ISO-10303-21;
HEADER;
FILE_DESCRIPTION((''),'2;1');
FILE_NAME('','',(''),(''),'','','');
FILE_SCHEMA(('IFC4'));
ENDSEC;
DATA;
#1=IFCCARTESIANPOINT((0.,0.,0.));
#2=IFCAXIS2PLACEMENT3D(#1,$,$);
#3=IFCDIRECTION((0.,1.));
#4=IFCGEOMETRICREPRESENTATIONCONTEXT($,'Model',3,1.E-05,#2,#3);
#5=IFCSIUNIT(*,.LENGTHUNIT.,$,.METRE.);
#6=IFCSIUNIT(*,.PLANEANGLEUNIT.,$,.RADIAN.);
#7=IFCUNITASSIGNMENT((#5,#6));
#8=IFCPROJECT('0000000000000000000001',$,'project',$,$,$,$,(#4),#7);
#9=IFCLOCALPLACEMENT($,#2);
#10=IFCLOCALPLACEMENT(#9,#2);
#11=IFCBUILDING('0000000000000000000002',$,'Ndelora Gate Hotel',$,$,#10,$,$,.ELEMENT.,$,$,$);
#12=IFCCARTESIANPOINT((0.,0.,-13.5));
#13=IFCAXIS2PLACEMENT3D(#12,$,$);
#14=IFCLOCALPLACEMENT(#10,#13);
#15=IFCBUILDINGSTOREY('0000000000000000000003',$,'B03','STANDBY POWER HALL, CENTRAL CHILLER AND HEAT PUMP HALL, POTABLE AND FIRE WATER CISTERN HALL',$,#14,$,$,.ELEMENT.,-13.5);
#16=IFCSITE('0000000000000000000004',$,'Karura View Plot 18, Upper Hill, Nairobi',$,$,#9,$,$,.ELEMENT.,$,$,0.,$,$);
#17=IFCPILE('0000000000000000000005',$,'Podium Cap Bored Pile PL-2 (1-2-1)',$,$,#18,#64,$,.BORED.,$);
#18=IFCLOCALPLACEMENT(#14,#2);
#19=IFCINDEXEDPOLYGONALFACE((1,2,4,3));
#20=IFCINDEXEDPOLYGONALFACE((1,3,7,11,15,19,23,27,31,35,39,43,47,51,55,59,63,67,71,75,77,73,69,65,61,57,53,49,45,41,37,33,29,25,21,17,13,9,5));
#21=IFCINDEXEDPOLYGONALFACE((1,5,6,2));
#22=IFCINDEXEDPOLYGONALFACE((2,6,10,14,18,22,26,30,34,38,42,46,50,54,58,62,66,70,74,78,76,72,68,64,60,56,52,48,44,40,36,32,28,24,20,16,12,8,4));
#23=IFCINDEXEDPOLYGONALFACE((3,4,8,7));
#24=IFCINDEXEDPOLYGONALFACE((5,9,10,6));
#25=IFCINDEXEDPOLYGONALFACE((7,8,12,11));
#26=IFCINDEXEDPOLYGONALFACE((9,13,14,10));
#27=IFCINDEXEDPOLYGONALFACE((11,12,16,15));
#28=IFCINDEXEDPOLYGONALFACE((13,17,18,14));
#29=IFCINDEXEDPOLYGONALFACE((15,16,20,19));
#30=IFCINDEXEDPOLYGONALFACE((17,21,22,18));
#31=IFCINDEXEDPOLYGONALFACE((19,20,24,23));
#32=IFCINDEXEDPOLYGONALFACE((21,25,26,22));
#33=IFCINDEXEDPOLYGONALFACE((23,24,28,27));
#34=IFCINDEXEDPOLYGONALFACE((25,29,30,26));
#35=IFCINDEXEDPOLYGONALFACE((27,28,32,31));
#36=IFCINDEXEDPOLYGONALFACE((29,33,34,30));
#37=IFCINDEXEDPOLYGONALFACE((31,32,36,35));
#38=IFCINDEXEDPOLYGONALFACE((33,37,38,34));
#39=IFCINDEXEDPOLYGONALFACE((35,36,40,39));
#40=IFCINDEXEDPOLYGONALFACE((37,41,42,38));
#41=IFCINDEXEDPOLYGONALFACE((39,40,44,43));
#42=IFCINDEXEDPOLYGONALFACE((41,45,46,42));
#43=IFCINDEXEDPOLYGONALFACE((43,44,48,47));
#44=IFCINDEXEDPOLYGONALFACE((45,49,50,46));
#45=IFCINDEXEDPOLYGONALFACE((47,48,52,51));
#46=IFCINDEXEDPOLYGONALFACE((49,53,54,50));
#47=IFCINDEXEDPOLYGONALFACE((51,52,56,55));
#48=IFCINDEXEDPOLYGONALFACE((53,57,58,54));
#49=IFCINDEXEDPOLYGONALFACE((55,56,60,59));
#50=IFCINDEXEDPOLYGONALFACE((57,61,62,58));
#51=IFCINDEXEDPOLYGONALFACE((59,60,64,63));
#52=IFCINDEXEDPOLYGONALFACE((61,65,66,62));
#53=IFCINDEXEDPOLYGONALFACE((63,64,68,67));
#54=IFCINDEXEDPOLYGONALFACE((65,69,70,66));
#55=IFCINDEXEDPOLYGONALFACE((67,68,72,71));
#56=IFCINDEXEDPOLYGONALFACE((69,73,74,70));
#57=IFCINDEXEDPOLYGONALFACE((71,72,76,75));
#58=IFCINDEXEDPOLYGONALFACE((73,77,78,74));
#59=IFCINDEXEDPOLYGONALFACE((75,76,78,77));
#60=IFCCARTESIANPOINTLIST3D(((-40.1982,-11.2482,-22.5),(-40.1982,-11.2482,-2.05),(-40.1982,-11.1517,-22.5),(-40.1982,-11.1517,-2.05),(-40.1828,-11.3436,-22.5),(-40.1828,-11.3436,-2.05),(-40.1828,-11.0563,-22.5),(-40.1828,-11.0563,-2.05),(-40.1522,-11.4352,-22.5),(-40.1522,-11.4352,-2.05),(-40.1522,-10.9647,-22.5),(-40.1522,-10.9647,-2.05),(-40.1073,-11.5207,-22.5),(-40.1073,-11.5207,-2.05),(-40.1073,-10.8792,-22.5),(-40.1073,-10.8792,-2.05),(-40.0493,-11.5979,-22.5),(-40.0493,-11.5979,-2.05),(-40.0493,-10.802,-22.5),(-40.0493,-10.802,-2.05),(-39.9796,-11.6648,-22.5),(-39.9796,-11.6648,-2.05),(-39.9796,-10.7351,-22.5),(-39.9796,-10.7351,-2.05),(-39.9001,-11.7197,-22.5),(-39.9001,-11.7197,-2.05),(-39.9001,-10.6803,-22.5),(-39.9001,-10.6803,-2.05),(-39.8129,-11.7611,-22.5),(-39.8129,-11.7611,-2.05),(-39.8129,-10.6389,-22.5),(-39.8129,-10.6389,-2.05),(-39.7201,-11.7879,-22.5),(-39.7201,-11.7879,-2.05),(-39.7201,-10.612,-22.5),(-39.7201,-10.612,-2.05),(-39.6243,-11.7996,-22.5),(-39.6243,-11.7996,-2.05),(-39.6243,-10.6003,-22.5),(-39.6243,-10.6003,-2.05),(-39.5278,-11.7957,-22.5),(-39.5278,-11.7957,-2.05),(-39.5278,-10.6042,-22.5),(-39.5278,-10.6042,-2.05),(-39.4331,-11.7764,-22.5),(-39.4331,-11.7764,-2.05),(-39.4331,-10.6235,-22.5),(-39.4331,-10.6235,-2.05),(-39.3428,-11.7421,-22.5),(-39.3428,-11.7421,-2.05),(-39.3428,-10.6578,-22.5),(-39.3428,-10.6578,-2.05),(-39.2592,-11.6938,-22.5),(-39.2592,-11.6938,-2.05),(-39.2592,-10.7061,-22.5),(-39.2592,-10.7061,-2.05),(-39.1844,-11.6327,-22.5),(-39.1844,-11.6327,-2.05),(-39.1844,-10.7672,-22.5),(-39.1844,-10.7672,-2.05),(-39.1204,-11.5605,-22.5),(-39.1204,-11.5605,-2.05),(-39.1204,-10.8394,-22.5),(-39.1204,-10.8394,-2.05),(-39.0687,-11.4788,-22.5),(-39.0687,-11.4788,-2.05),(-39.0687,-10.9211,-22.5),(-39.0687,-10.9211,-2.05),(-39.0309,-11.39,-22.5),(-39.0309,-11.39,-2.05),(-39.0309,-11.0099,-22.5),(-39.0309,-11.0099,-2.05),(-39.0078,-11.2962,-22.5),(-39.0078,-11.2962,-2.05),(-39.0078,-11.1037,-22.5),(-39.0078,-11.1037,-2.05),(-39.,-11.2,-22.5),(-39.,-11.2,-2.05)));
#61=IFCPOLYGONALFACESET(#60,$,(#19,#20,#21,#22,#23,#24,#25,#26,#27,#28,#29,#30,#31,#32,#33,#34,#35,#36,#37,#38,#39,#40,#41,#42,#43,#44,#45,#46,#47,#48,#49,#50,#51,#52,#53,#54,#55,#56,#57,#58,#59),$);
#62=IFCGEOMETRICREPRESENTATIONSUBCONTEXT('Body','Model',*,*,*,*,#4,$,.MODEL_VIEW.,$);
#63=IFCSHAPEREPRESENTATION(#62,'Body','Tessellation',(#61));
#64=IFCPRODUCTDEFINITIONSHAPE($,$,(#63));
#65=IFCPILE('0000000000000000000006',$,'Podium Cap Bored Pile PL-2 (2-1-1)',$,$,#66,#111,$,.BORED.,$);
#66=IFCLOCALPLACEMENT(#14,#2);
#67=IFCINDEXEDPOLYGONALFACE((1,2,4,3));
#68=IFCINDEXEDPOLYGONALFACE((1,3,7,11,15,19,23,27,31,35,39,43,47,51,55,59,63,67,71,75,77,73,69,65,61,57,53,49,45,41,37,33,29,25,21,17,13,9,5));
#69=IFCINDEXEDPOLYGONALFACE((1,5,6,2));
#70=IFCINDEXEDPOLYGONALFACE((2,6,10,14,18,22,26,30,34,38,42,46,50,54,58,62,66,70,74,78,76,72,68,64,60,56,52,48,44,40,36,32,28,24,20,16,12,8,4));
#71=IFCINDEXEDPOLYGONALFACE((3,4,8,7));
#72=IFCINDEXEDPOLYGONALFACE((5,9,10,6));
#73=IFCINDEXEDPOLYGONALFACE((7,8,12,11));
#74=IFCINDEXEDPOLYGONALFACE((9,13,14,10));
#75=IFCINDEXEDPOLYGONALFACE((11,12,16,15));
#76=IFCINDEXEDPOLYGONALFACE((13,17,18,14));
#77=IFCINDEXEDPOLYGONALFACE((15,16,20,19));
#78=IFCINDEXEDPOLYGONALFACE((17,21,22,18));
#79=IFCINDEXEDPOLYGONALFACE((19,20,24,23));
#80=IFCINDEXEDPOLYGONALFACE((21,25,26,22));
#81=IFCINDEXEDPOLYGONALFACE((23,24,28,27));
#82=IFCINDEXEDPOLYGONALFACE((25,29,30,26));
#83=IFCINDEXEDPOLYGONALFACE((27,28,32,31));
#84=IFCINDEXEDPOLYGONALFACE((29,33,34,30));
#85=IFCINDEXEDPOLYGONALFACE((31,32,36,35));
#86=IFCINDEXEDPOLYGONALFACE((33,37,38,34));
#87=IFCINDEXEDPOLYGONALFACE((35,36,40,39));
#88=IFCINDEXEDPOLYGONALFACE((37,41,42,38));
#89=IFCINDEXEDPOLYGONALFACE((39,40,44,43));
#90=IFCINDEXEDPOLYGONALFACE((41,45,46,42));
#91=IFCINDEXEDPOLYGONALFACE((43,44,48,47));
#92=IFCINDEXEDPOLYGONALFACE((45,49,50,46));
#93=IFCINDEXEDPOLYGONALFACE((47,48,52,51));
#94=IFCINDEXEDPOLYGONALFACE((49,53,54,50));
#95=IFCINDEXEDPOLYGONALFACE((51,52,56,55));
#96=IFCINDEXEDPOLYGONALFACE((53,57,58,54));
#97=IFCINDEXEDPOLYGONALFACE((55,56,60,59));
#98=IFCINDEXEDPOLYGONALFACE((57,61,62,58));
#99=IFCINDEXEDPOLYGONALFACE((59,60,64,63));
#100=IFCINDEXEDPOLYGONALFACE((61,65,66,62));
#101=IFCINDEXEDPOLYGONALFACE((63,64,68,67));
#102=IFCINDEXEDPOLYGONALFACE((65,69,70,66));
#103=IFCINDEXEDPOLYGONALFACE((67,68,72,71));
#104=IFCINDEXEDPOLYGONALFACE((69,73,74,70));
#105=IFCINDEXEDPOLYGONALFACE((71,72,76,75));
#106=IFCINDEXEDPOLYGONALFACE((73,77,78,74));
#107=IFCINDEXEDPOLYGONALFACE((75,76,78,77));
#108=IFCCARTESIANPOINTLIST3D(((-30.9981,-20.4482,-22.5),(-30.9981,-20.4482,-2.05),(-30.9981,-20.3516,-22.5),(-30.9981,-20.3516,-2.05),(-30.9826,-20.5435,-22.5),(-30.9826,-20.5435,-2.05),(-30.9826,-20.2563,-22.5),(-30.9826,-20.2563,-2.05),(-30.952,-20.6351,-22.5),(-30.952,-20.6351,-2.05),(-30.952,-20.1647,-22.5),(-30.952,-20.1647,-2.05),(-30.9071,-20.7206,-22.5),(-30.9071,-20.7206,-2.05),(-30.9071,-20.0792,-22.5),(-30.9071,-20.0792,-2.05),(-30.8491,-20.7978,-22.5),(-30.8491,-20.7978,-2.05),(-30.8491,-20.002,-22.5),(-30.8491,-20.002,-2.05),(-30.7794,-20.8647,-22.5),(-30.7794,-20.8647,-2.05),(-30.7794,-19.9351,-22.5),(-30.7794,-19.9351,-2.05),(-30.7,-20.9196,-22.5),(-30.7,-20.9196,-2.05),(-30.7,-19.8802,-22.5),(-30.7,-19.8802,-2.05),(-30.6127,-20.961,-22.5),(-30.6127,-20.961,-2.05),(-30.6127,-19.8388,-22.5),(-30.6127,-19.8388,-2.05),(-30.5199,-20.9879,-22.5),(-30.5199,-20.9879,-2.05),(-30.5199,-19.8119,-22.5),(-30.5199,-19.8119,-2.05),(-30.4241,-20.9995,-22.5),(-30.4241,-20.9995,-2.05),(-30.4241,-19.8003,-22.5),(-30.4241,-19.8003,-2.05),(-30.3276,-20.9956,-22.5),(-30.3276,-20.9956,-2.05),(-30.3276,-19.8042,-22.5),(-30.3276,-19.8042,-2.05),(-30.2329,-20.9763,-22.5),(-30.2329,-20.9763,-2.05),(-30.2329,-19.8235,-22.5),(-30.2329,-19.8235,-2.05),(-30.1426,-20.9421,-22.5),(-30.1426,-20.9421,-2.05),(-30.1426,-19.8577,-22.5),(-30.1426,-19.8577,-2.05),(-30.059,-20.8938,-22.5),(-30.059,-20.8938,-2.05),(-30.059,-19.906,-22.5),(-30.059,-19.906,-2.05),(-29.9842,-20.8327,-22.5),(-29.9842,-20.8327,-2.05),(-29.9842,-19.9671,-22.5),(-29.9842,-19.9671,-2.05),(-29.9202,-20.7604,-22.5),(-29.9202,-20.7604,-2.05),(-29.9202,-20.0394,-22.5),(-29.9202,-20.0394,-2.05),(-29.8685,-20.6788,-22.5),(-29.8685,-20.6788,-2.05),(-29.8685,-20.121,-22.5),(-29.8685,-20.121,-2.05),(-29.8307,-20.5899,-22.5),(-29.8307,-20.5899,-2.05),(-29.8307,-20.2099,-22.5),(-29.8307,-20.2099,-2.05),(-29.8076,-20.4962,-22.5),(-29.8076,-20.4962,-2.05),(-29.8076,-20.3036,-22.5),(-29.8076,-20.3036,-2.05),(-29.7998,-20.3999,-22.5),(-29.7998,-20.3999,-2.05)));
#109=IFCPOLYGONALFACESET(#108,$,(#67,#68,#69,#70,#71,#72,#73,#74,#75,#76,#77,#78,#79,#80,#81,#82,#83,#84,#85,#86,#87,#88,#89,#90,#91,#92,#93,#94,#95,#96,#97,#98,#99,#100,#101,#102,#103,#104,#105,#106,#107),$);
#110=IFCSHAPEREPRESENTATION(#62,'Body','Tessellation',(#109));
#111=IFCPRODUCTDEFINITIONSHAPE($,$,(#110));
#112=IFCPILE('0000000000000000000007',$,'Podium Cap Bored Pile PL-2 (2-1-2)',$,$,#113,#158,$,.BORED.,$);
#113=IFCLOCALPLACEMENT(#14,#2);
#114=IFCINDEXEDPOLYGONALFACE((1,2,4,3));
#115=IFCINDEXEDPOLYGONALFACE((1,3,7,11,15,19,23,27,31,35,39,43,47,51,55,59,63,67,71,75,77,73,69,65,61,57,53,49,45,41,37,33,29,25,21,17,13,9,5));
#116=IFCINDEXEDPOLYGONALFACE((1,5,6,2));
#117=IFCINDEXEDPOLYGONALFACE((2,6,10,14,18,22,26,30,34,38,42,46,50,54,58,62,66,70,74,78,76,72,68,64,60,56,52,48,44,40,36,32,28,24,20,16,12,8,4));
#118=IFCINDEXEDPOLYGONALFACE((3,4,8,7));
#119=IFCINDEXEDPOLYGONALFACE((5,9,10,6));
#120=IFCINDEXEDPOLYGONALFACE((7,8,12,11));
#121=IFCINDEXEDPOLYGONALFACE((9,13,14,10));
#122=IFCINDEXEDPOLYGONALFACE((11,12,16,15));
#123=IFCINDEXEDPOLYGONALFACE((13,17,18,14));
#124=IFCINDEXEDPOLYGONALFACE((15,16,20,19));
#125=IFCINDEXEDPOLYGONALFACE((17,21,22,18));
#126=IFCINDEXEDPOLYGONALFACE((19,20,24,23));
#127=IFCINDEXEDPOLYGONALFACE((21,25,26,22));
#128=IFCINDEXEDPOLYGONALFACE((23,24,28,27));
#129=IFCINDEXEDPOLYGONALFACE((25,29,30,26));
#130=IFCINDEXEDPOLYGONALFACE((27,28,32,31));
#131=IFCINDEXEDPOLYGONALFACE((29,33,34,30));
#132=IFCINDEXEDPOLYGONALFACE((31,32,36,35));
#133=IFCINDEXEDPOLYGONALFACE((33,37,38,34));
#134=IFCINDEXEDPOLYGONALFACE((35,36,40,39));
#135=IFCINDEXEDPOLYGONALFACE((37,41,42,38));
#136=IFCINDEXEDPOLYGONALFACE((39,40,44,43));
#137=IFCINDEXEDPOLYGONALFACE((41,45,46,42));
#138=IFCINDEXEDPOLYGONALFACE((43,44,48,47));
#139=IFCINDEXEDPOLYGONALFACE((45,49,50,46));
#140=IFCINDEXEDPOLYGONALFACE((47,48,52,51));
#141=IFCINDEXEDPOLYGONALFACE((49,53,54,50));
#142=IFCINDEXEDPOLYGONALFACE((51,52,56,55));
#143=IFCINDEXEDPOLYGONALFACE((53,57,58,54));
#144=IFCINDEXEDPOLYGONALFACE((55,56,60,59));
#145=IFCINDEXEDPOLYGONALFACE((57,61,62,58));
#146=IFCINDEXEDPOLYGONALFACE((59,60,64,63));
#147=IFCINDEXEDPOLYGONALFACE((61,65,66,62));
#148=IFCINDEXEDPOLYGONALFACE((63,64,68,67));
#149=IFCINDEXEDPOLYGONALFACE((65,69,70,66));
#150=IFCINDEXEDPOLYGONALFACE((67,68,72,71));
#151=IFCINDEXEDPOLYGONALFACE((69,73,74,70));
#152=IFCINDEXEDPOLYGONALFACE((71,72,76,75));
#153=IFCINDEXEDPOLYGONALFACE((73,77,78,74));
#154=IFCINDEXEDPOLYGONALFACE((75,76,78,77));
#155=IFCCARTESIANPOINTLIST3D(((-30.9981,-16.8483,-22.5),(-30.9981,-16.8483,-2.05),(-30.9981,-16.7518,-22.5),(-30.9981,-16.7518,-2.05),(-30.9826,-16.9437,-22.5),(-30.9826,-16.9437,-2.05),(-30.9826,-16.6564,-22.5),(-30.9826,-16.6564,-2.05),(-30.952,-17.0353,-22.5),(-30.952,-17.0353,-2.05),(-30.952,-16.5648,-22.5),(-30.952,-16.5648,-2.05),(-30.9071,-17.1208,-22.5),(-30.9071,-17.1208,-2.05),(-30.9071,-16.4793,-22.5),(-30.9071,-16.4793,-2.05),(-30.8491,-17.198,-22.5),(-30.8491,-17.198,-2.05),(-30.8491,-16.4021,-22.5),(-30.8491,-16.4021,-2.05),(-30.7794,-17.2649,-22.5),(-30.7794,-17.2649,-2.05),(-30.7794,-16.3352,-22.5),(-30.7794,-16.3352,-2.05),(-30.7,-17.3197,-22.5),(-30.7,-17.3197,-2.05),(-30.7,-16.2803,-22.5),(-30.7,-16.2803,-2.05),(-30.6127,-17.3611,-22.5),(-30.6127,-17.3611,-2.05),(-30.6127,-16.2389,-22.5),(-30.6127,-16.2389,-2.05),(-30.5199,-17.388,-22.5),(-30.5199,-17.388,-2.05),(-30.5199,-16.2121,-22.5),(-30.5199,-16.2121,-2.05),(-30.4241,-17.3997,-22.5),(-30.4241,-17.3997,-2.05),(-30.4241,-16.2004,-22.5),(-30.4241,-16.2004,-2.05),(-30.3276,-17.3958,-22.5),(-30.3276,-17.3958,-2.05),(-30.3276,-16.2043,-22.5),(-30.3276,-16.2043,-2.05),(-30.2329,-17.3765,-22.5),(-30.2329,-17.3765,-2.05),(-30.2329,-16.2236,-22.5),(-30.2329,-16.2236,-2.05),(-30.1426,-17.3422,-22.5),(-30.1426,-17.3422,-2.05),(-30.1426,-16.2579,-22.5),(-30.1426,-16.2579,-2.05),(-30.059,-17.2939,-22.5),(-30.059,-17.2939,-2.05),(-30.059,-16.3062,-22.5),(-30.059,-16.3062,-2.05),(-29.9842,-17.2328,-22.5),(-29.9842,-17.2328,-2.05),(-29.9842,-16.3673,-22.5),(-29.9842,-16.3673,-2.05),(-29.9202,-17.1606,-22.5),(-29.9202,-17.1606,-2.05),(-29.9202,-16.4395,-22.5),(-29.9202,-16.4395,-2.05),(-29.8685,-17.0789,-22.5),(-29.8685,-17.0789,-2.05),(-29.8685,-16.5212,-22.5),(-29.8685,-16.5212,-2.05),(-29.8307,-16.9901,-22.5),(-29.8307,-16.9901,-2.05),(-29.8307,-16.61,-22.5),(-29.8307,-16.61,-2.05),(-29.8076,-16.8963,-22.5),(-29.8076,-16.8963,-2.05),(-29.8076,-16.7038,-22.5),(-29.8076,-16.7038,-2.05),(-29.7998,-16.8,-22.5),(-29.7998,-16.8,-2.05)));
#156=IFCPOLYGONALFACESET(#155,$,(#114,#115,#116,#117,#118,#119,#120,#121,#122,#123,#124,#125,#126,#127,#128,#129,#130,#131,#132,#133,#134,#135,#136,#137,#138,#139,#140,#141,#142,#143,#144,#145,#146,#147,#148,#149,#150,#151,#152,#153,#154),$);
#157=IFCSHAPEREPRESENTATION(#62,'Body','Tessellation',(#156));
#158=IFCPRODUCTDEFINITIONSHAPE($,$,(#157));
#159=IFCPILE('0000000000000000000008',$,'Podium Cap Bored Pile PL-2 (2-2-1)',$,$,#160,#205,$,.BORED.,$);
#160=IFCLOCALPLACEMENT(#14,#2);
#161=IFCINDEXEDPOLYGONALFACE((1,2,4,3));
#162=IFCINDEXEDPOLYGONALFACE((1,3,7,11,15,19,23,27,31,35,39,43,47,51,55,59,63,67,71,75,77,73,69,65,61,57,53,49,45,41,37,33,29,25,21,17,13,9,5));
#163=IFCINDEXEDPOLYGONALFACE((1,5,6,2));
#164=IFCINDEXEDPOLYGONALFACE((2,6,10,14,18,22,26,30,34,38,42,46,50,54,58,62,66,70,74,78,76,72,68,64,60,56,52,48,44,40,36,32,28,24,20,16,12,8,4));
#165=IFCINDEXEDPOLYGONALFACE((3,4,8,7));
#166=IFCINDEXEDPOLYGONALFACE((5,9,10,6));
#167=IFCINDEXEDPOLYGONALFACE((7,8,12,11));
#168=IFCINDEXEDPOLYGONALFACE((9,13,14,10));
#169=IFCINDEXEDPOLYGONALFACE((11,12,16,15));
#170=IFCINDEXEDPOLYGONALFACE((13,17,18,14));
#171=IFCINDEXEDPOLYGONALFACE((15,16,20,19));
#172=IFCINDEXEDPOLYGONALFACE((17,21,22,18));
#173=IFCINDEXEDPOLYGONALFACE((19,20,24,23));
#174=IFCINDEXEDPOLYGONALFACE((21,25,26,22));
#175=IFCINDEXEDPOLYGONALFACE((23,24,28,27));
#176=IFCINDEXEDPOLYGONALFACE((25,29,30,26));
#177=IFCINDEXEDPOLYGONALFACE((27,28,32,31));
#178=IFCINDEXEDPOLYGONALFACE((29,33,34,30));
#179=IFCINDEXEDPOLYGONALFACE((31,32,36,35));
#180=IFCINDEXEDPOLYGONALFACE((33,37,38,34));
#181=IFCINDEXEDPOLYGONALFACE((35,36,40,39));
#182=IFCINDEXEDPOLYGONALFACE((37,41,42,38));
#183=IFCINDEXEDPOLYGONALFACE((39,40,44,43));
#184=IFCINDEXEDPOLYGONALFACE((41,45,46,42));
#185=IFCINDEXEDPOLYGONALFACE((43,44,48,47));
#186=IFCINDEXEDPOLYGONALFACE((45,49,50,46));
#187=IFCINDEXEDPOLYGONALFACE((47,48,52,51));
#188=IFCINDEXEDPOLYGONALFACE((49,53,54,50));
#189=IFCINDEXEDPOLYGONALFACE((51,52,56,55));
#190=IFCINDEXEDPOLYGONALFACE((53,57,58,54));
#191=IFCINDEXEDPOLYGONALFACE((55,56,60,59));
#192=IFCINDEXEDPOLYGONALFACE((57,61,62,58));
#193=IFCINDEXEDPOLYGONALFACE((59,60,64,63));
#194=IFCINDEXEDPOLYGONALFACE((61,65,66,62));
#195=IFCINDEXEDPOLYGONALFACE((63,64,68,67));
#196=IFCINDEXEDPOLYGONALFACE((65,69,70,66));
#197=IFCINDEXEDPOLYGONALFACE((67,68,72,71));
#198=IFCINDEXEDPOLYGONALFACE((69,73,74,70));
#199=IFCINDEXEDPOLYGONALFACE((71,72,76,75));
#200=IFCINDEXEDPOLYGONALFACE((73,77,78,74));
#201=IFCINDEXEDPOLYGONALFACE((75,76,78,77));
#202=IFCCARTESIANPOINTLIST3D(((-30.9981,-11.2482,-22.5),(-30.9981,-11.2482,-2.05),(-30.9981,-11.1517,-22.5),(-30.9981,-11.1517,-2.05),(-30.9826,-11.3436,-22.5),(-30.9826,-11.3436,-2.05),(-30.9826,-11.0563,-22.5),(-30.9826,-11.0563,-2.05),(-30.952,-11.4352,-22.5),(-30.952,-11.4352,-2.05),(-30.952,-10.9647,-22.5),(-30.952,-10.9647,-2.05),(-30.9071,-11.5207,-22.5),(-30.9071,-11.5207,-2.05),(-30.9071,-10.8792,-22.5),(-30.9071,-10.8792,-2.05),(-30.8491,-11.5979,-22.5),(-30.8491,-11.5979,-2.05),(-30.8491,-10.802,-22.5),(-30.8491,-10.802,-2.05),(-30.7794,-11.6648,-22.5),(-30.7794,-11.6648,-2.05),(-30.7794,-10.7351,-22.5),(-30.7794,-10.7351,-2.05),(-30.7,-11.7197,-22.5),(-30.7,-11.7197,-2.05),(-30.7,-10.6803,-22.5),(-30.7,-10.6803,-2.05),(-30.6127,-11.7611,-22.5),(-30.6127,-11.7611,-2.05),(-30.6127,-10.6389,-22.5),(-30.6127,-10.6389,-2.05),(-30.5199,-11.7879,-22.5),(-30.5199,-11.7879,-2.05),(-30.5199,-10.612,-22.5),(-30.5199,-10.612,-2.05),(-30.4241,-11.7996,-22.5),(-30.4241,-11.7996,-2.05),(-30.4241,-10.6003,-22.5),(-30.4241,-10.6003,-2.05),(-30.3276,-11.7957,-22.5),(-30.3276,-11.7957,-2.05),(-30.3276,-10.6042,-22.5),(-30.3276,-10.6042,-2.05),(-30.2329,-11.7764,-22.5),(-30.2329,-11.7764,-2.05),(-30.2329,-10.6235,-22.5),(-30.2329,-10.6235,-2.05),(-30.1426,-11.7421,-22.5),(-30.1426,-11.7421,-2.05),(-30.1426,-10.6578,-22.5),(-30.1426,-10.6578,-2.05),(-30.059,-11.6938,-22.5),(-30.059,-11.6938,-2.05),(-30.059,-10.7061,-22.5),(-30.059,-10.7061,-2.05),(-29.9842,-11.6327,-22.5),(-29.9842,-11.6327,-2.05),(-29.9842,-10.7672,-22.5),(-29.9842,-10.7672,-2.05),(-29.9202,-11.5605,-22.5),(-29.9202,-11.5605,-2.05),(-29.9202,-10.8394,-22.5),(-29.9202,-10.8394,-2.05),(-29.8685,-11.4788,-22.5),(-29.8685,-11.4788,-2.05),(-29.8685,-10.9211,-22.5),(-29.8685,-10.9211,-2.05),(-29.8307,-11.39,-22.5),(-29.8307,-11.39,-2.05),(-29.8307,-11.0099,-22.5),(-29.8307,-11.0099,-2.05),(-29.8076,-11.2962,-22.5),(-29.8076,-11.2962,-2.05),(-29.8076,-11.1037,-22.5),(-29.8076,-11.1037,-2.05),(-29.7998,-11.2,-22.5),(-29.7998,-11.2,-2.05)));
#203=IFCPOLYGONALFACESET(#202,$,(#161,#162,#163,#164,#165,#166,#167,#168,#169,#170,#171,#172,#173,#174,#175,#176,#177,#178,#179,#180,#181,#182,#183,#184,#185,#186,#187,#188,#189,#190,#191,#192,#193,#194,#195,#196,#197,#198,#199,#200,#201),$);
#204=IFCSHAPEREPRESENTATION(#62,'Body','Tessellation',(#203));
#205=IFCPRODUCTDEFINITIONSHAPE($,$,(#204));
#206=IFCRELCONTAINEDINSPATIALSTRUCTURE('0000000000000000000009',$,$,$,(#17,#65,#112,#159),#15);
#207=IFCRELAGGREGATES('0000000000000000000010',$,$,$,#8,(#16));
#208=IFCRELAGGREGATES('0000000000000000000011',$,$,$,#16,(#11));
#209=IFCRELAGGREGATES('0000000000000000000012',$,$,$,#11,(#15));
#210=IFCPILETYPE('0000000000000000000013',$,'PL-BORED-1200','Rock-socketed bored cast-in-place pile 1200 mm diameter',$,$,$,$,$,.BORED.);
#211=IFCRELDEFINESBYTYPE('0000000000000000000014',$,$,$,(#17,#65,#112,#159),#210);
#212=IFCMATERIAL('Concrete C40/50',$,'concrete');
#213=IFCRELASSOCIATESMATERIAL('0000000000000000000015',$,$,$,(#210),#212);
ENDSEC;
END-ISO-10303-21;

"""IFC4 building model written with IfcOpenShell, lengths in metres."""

from ifc_helpers import new_model, si_unit, direction, frame, origin, origin_2d, place, context, subcontext, project, spatial, circle, extrude, material, material_profile, profile_set, type_object, element, save


model = new_model("IFC4")

# Units and contexts
model_context = context("Model", 3, precision=1e-05, world=origin(), true_north=direction((0.0, 1.0)))
body_context = subcontext(model_context, "Body", "Model", "MODEL_VIEW")
ifc_project = project(units=[si_unit("LENGTHUNIT", "METRE"), si_unit("PLANEANGLEUNIT", "RADIAN")], contexts=[model_context])

# Site, building, storey
site_placement = place(None, origin())
site = spatial("IfcSite", under=ifc_project, at=site_placement, Name="Karura View Plot 18, Upper Hill, Nairobi", CompositionType="ELEMENT", RefElevation=0.0)
building_placement = place(site_placement, origin())
building = spatial("IfcBuilding", under=site, at=building_placement, Name="Ndelora Gate Hotel", CompositionType="ELEMENT")
storey_placement = place(building_placement, frame((0.0, 0.0, -13.5)))
storey = spatial("IfcBuildingStorey", under=building, at=storey_placement, Name="B03", Description="STANDBY POWER HALL, CENTRAL CHILLER AND HEAT PUMP HALL, POTABLE AND FIRE WATER CISTERN HALL", CompositionType="ELEMENT", Elevation=-13.5)

# Shared definitions
ifc_material_1 = material(Name="Concrete C40/50", Category="concrete")

# Piles
ifc_material_profile_1 = material_profile(ifc_material_1, circle(Radius=0.6001, at=origin_2d()), Name="PILE D1200")
ifc_profile_set_1 = profile_set([ifc_material_profile_1], Name="Concrete C40/50")
pile_type_1 = type_object("IfcPileType", Name="PL-BORED-1200", Description="Rock-socketed bored cast-in-place pile 1200 mm diameter", PredefinedType="BORED", material=ifc_profile_set_1)
for number, where, z_axis, x_axis, name in (
    (1, (-39.6001, -11.2, -2.05), (0.0, 0.0, -1.0), (1.0, 0.0, 0.0), "Podium Cap Bored Pile PL-2 (1-2-1)"),
    (2, (-30.3999, -20.3999, -2.05), (0.0, 0.0, -1.0), (1.0, 0.0, 0.0), "Podium Cap Bored Pile PL-2 (2-1-1)"),
    (3, (-30.3999, -16.8, -2.05), (0.0, 0.0, -1.0), (1.0, 0.0, 0.0), "Podium Cap Bored Pile PL-2 (2-1-2)"),
    (4, (-30.3999, -11.2, -2.05), (0.0, 0.0, -1.0), (1.0, 0.0, 0.0), "Podium Cap Bored Pile PL-2 (2-2-1)"),
):
    element("IfcPile", number, at=place(storey_placement, frame(where, z_axis=z_axis, x_axis=x_axis)), inside=storey, type_object=pile_type_1, Name=name, PredefinedType="BORED", context=body_context, shape_type="SweptSolid", body=[
        extrude(circle(Radius=0.6001, at=origin_2d()), origin(), (0.0, 0.0, 1.0), 20.45),
    ])

save(model, "model.ifc")
